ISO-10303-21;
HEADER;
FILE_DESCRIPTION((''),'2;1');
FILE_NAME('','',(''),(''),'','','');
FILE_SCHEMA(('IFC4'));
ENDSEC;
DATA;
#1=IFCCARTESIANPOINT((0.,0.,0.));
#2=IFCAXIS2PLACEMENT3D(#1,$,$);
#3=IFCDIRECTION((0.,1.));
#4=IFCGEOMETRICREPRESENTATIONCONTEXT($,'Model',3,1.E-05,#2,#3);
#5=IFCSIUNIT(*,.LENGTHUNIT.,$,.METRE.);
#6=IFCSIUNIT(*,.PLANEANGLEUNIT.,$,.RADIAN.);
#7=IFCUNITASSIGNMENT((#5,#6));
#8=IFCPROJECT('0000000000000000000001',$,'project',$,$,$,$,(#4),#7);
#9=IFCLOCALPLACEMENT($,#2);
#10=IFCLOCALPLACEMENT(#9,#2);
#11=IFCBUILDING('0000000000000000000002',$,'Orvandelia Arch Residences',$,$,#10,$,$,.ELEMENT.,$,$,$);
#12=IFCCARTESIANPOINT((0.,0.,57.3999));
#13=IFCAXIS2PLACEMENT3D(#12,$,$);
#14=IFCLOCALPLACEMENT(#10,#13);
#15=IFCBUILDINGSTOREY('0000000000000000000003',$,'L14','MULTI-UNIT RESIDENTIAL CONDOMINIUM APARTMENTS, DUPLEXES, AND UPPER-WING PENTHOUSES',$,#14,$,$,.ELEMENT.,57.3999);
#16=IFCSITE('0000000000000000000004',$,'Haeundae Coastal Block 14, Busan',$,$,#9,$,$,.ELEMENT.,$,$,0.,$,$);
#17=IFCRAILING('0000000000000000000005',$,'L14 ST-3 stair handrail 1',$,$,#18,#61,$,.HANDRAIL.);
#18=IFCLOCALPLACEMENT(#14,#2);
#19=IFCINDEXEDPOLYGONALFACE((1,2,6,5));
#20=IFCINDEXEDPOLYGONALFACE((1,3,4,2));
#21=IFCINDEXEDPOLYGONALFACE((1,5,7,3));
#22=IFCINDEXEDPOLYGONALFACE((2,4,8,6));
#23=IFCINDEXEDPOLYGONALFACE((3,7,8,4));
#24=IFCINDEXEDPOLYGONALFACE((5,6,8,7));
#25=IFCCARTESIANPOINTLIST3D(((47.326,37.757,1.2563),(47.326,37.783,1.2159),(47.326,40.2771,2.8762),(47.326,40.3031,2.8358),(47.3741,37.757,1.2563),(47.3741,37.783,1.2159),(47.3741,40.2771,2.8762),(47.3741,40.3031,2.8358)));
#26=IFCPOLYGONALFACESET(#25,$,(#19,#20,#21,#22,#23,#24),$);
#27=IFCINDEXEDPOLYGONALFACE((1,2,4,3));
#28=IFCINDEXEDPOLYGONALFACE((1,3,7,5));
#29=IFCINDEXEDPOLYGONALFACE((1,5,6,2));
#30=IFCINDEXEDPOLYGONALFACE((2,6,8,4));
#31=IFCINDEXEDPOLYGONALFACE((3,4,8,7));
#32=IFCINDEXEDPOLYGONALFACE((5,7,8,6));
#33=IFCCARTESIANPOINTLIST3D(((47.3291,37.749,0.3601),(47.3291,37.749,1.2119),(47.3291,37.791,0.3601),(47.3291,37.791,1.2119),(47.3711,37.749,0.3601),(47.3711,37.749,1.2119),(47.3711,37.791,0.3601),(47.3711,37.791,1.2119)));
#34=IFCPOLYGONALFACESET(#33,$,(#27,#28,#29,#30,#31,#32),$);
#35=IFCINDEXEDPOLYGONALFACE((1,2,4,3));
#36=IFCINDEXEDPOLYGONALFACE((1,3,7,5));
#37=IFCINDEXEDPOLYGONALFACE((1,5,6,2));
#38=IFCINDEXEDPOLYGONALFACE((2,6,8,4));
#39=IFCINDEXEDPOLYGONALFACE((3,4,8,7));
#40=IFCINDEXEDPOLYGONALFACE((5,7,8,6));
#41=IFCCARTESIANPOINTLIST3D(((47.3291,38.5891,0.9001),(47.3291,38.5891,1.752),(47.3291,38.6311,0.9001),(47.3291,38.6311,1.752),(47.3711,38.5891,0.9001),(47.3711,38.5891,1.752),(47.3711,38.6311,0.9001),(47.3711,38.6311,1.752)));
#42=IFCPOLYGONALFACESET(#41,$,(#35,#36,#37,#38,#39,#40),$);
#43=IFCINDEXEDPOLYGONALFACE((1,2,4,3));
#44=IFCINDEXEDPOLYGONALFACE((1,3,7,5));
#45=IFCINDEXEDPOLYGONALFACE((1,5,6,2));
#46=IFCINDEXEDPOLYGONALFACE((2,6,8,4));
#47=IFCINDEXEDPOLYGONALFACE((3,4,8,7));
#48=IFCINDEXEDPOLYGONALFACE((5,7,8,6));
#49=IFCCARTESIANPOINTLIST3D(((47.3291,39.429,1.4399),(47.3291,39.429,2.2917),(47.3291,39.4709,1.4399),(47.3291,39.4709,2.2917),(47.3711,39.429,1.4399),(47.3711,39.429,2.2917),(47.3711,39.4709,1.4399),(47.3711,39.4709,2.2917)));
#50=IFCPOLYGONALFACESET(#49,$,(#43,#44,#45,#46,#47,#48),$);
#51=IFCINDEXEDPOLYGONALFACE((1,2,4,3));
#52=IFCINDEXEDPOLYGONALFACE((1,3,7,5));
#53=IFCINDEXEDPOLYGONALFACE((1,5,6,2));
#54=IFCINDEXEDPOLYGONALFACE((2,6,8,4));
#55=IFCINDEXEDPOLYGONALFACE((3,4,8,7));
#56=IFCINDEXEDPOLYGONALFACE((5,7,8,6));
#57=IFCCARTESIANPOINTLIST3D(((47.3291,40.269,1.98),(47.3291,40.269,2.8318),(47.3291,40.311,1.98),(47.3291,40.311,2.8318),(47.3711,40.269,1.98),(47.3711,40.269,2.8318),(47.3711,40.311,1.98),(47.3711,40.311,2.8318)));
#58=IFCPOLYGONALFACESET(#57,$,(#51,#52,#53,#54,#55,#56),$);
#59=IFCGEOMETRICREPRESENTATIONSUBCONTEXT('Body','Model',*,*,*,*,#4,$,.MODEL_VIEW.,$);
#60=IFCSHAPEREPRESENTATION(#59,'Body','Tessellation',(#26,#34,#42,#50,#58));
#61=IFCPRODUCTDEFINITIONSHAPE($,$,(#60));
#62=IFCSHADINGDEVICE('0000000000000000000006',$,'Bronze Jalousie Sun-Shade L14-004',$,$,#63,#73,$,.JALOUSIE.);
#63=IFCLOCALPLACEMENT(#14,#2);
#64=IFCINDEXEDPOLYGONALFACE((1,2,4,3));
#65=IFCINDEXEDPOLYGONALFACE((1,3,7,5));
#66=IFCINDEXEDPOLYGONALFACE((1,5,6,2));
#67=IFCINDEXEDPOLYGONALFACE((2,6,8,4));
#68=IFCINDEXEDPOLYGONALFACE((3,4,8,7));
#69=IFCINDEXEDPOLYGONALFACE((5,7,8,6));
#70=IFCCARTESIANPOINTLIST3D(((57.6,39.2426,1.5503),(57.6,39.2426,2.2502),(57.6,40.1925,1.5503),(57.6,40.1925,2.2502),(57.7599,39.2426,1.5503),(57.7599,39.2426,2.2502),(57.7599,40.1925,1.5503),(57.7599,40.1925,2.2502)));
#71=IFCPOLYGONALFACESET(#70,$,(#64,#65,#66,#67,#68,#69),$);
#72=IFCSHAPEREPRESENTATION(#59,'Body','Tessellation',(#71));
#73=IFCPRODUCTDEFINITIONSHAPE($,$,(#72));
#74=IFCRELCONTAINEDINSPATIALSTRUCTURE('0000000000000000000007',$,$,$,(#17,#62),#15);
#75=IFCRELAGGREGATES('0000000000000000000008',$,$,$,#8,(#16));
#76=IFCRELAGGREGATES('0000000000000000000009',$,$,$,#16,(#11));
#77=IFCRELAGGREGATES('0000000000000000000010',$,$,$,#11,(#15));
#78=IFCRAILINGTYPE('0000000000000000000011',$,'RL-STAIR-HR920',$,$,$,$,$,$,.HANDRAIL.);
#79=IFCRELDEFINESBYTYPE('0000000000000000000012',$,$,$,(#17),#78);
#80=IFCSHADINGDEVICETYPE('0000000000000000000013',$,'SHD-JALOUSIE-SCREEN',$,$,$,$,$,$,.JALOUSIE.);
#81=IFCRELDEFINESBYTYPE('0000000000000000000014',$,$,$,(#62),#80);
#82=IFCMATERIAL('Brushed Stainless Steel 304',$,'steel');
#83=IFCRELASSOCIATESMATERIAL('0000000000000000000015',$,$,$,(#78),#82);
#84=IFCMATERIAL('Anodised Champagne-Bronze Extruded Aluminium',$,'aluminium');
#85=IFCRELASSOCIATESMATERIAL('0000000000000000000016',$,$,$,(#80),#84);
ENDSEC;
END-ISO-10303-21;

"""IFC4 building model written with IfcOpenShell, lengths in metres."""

from ifc_helpers import new_model, si_unit, direction, frame, origin, origin_2d, place, context, subcontext, project, spatial, rectangle, extrude, material, type_object, element, save


model = new_model("IFC4")

# Units and contexts
model_context = context("Model", 3, precision=1e-05, world=origin(), true_north=direction((0.0, 1.0)))
body_context = subcontext(model_context, "Body", "Model", "MODEL_VIEW")
ifc_project = project(units=[si_unit("LENGTHUNIT", "METRE"), si_unit("PLANEANGLEUNIT", "RADIAN")], contexts=[model_context])

# Site, building, storey
site_placement = place(None, origin())
site = spatial("IfcSite", under=ifc_project, at=site_placement, Name="Haeundae Coastal Block 14, Busan", CompositionType="ELEMENT", RefElevation=0.0)
building_placement = place(site_placement, origin())
building = spatial("IfcBuilding", under=site, at=building_placement, Name="Orvandelia Arch Residences", CompositionType="ELEMENT")
storey_placement = place(building_placement, frame((0.0, 0.0, 57.3999)))
storey = spatial("IfcBuildingStorey", under=building, at=storey_placement, Name="L14", Description="MULTI-UNIT RESIDENTIAL CONDOMINIUM APARTMENTS, DUPLEXES, AND UPPER-WING PENTHOUSES", CompositionType="ELEMENT", Elevation=57.3999)

# Railing
ifc_material_1 = material(Name="Brushed Stainless Steel 304", Category="steel")
railing_type_1 = type_object("IfcRailingType", Name="RL-STAIR-HR920", PredefinedType="HANDRAIL", material=ifc_material_1)
railing_1_placement = place(storey_placement, frame((47.3501, 37.77, 0.3601)))
element("IfcRailing", 1, at=railing_1_placement, inside=storey, type_object=railing_type_1, Name="L14 ST-3 stair handrail 1", PredefinedType="HANDRAIL", context=body_context, shape_type="SweptSolid", body=[
    extrude(rectangle(XDim=0.0481, YDim=0.0481, at=origin_2d()), frame((0.0, 0.0, 0.876), z_axis=(0.0, 0.8412, 0.540725), x_axis=(-1.0, 0.0, 0.0)), (0.0, 0.0, 1.0), 2.9958),
    extrude(rectangle(XDim=0.042, YDim=0.042, at=origin_2d()), origin(), (0.0, 0.0, 1.0), 0.8518),
    extrude(rectangle(XDim=0.042, YDim=0.042, at=origin_2d()), frame((0.0, 0.8401, 0.54)), (0.0, 0.0, 1.0), 0.8518),
    extrude(rectangle(XDim=0.042, YDim=0.042, at=origin_2d()), frame((0.0, 1.6799, 1.0798)), (0.0, 0.0, 1.0), 0.8518),
    extrude(rectangle(XDim=0.042, YDim=0.042, at=origin_2d()), frame((0.0, 2.52, 1.6199)), (0.0, 0.0, 1.0), 0.8518),
])

# Shading device
ifc_material_2 = material(Name="Anodised Champagne-Bronze Extruded Aluminium", Category="aluminium")
shading_device_type = type_object("IfcShadingDeviceType", Name="SHD-JALOUSIE-SCREEN", PredefinedType="JALOUSIE", material=ifc_material_2)
shading_device_placement = place(storey_placement, frame((57.6799, 39.7175, 1.5503), z_axis=(0.0, 0.0, 1.0), x_axis=(0.0, -1.0, 0.0)))
element("IfcShadingDevice", 2, at=shading_device_placement, inside=storey, type_object=shading_device_type, Name="Bronze Jalousie Sun-Shade L14-004", PredefinedType="JALOUSIE", context=body_context, shape_type="SweptSolid", body=[
    extrude(rectangle(XDim=0.95, YDim=0.1599, at=origin_2d()), origin(), (0.0, 0.0, 1.0), 0.7),
])

save(model, "model.ifc")
